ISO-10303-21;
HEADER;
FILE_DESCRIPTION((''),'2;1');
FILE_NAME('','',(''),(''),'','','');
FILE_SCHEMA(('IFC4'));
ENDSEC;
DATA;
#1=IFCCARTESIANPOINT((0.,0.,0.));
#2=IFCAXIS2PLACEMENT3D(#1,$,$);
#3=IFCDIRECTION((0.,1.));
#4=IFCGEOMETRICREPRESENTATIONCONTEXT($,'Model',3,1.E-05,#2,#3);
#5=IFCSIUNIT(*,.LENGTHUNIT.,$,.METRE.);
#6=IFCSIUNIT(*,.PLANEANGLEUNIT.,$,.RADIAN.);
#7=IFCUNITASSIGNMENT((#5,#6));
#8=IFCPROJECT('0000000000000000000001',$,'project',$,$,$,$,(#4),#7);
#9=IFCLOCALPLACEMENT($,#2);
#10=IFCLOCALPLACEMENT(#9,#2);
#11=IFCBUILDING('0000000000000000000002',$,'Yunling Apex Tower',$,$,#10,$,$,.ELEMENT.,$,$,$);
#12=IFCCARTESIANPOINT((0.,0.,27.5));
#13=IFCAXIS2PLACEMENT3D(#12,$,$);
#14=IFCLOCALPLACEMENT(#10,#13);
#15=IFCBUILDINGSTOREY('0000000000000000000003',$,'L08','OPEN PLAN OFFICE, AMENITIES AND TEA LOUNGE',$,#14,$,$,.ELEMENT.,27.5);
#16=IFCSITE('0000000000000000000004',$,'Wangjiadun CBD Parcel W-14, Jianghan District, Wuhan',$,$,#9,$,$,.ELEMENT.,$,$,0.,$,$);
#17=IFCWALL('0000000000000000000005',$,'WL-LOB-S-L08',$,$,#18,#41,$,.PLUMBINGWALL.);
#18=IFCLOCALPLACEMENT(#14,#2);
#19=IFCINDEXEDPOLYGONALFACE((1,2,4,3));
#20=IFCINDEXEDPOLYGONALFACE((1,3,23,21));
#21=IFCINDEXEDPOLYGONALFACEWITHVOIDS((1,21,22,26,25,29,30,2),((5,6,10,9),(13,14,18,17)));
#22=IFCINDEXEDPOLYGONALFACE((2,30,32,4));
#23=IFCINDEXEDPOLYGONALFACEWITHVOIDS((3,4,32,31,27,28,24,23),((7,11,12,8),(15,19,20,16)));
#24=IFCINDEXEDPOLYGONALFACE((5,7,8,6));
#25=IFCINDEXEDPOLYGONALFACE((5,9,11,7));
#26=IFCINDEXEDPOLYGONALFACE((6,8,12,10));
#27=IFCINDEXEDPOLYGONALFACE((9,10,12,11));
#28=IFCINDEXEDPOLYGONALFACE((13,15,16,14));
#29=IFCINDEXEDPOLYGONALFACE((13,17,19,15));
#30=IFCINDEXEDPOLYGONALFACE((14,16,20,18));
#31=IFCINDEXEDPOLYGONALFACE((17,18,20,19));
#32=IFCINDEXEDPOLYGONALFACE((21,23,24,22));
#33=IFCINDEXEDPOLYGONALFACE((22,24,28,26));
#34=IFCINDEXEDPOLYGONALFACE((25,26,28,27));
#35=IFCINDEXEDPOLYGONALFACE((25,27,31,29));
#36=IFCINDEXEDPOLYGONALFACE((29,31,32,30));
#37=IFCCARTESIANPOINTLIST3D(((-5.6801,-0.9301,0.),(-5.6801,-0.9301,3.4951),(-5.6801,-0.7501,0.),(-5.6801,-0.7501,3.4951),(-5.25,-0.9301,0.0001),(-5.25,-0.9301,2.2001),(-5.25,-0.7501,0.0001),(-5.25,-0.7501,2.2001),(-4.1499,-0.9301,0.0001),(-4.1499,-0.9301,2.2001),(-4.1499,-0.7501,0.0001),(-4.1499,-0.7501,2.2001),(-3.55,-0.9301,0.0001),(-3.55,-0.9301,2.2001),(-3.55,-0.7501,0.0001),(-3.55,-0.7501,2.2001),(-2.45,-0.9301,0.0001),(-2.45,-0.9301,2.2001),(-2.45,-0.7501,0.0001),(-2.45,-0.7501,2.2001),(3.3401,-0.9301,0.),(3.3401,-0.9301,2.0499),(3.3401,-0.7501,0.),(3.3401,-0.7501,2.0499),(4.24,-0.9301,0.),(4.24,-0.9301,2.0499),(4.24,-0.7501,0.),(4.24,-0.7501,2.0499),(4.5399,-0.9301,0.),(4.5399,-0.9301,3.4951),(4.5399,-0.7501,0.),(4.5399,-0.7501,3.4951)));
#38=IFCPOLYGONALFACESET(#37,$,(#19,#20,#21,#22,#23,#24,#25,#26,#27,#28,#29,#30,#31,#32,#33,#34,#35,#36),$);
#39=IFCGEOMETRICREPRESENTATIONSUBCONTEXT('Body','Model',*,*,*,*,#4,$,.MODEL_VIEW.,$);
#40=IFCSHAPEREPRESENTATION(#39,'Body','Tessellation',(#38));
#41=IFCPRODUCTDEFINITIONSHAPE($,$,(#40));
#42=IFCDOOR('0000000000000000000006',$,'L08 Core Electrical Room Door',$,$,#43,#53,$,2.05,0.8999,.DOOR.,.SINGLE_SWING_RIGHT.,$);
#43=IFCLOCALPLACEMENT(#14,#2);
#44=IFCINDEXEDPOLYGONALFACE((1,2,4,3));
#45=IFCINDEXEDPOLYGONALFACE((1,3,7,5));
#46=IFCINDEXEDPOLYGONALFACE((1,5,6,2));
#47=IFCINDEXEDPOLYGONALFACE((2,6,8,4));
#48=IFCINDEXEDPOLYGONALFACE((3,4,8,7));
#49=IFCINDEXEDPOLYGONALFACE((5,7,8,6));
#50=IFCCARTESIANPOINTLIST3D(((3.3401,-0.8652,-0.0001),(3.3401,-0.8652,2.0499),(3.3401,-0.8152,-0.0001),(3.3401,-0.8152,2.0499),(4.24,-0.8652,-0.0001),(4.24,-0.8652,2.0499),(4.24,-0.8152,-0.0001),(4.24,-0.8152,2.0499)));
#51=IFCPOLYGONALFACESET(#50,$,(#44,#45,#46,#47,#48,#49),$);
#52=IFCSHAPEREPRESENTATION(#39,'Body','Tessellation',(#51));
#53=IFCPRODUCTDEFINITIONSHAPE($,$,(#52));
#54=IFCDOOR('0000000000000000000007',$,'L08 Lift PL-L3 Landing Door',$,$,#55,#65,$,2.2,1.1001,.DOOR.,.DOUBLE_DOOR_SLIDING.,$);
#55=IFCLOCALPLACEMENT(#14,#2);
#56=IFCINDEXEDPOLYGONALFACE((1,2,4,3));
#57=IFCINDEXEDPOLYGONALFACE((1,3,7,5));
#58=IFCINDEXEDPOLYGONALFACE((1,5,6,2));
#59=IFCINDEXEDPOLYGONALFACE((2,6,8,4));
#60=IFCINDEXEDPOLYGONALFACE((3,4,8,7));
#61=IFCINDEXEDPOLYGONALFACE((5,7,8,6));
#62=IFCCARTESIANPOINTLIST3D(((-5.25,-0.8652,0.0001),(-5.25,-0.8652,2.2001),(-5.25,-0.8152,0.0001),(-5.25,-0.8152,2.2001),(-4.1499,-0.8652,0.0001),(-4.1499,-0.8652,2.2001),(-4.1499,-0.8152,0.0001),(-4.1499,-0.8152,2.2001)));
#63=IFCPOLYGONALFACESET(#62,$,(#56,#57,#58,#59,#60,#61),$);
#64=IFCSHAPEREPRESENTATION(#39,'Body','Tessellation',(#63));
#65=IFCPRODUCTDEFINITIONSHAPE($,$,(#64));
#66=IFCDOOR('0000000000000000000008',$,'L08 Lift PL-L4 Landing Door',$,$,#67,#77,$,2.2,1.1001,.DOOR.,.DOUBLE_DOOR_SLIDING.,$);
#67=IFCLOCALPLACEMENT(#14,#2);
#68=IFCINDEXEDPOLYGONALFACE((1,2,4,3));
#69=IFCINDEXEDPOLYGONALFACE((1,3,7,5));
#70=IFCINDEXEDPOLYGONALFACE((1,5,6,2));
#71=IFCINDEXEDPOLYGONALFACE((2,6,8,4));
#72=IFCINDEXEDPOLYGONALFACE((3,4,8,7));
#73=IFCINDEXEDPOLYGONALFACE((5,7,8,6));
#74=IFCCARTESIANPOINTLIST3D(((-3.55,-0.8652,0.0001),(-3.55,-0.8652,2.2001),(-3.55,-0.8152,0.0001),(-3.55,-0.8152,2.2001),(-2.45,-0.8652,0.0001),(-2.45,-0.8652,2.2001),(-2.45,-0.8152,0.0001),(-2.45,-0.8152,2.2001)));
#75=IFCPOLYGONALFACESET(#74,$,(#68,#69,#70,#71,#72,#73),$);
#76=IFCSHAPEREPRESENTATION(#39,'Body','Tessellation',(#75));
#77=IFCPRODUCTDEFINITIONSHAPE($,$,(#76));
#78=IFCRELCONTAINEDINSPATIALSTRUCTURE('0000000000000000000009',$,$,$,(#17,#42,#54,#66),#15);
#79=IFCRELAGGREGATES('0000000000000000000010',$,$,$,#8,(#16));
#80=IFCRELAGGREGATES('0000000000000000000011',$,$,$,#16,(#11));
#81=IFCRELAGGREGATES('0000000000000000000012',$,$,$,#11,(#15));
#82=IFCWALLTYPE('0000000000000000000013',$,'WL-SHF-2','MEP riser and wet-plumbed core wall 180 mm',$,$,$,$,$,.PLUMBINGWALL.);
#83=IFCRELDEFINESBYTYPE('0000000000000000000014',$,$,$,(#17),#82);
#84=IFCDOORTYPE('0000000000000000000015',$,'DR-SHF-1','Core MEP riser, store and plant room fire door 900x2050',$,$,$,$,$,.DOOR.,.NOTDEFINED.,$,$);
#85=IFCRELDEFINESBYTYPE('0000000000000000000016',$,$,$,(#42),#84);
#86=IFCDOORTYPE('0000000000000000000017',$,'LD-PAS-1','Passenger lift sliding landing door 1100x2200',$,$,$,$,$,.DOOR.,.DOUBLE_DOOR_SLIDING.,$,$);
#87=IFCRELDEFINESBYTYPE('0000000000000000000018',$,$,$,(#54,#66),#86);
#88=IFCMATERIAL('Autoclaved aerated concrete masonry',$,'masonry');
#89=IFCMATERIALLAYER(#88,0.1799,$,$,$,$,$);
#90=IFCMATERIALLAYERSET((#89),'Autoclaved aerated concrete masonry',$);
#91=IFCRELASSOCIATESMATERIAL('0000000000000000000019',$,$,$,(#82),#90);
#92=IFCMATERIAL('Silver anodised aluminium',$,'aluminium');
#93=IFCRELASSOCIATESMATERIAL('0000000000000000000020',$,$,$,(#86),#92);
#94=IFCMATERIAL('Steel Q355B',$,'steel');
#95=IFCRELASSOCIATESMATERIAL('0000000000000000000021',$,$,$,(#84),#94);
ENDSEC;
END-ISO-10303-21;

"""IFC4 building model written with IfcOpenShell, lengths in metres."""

from ifc_helpers import new_model, si_unit, direction, frame, frame_2d, origin, place, context, subcontext, project, spatial, rectangle, extrude, material, layer, layer_set, type_object, element, fill, save


model = new_model("IFC4")

# Units and contexts
model_context = context("Model", 3, precision=1e-05, world=origin(), true_north=direction((0.0, 1.0)))
body_context = subcontext(model_context, "Body", "Model", "MODEL_VIEW")
ifc_project = project(units=[si_unit("LENGTHUNIT", "METRE"), si_unit("PLANEANGLEUNIT", "RADIAN")], contexts=[model_context])

# Site, building, storey
site_placement = place(None, origin())
site = spatial("IfcSite", under=ifc_project, at=site_placement, Name="Wangjiadun CBD Parcel W-14, Jianghan District, Wuhan", CompositionType="ELEMENT", RefElevation=0.0)
building_placement = place(site_placement, origin())
building = spatial("IfcBuilding", under=site, at=building_placement, Name="Yunling Apex Tower", CompositionType="ELEMENT")
storey_placement = place(building_placement, frame((0.0, 0.0, 27.5)))
storey = spatial("IfcBuildingStorey", under=building, at=storey_placement, Name="L08", Description="OPEN PLAN OFFICE, AMENITIES AND TEA LOUNGE", CompositionType="ELEMENT", Elevation=27.5)

# Shared definitions
ifc_material_1 = material(Name="Steel Q355B", Category="steel")

# Shared definitions
ifc_material_2 = material(Name="Autoclaved aerated concrete masonry", Category="masonry")
ifc_layer_1 = layer(ifc_material_2, 0.1799)
ifc_layer_set_1 = layer_set([ifc_layer_1], Name="Autoclaved aerated concrete masonry")
wall_type_1 = type_object("IfcWallType", Name="WL-SHF-2", Description="MEP riser and wet-plumbed core wall 180 mm", PredefinedType="PLUMBINGWALL", material=ifc_layer_set_1)

# Wall, openings, doors
ifc_material_3 = material(Name="Silver anodised aluminium", Category="aluminium")
door_type_1 = type_object("IfcDoorType", Name="LD-PAS-1", Description="Passenger lift sliding landing door 1100x2200", OperationType="DOUBLE_DOOR_SLIDING", PredefinedType="DOOR", material=ifc_material_3)
wall_1_placement = place(storey_placement, frame((-5.6799, -0.8401, 0.0), z_axis=(0.0, 0.0, 1.0), x_axis=(1.0, 0.0, 0.0)))
wall_1 = element("IfcWall", 1, at=wall_1_placement, inside=storey, type_object=wall_type_1, Name="WL-LOB-S-L08", PredefinedType="PLUMBINGWALL", context=body_context, shape_type="SweptSolid", body=[
    extrude(rectangle(XDim=10.22, YDim=0.1799, at=frame_2d((5.1099, 0.0))), origin(), (0.0, 0.0, 1.0), 3.4951),
])
opening_1_placement = place(wall_1_placement, frame((0.4299, 0.0, 0.0)))
opening_1 = element("IfcOpeningElement", 2, at=opening_1_placement, cuts=wall_1, PredefinedType="OPENING", context=body_context, shape_type="SweptSolid", body=[
    extrude(rectangle(XDim=1.1001, YDim=2.2, at=frame_2d((0.55, 1.1001))), frame((0.0, 0.1001, 0.0), z_axis=(0.0, -1.0, 0.0), x_axis=(1.0, 0.0, 0.0)), (0.0, 0.0, 1.0), 0.2),
])
opening_2_placement = place(wall_1_placement, frame((2.1299, 0.0, 0.0)))
opening_2 = element("IfcOpeningElement", 3, at=opening_2_placement, cuts=wall_1, PredefinedType="OPENING", context=body_context, shape_type="SweptSolid", body=[
    extrude(rectangle(XDim=1.1001, YDim=2.2, at=frame_2d((0.55, 1.1001))), frame((0.0, 0.1001, 0.0), z_axis=(0.0, -1.0, 0.0), x_axis=(1.0, 0.0, 0.0)), (0.0, 0.0, 1.0), 0.2),
])
opening_3_placement = place(wall_1_placement, frame((9.02, 0.0, 0.0)))
opening_3 = element("IfcOpeningElement", 4, at=opening_3_placement, cuts=wall_1, PredefinedType="OPENING", context=body_context, shape_type="SweptSolid", body=[
    extrude(rectangle(XDim=0.8999, YDim=2.05, at=frame_2d((0.45, 1.0249))), frame((0.0, 0.1001, 0.0), z_axis=(0.0, -1.0, 0.0), x_axis=(1.0, 0.0, 0.0)), (0.0, 0.0, 1.0), 0.2),
])
door_type_2 = type_object("IfcDoorType", Name="DR-SHF-1", Description="Core MEP riser, store and plant room fire door 900x2050", OperationType="NOTDEFINED", PredefinedType="DOOR", material=ifc_material_1)
door_1_placement = place(opening_3_placement, origin())
door_1 = element("IfcDoor", 5, at=door_1_placement, inside=storey, type_object=door_type_2, Name="L08 Core Electrical Room Door", OperationType="SINGLE_SWING_RIGHT", OverallHeight=2.05, OverallWidth=0.8999, PredefinedType="DOOR", context=body_context, shape_type="SweptSolid", body=[
    extrude(rectangle(XDim=0.8999, YDim=2.05, at=frame_2d((0.45, 1.0249))), frame((0.0, 0.0249, 0.0), z_axis=(0.0, -1.0, 0.0), x_axis=(1.0, 0.0, 0.0)), (0.0, 0.0, 1.0), 0.05),
])
fill(opening_3, door_1)
door_2_placement = place(opening_1_placement, origin())
door_2 = element("IfcDoor", 6, at=door_2_placement, inside=storey, type_object=door_type_1, Name="L08 Lift PL-L3 Landing Door", OperationType="DOUBLE_DOOR_SLIDING", OverallHeight=2.2, OverallWidth=1.1001, PredefinedType="DOOR", context=body_context, shape_type="SweptSolid", body=[
    extrude(rectangle(XDim=1.1001, YDim=2.2, at=frame_2d((0.55, 1.1001))), frame((0.0, 0.0249, 0.0), z_axis=(0.0, -1.0, 0.0), x_axis=(1.0, 0.0, 0.0)), (0.0, 0.0, 1.0), 0.05),
])
fill(opening_1, door_2)
door_3_placement = place(opening_2_placement, origin())
door_3 = element("IfcDoor", 7, at=door_3_placement, inside=storey, type_object=door_type_1, Name="L08 Lift PL-L4 Landing Door", OperationType="DOUBLE_DOOR_SLIDING", OverallHeight=2.2, OverallWidth=1.1001, PredefinedType="DOOR", context=body_context, shape_type="SweptSolid", body=[
    extrude(rectangle(XDim=1.1001, YDim=2.2, at=frame_2d((0.55, 1.1001))), frame((0.0, 0.0249, 0.0), z_axis=(0.0, -1.0, 0.0), x_axis=(1.0, 0.0, 0.0)), (0.0, 0.0, 1.0), 0.05),
])
fill(opening_2, door_3)

save(model, "model.ifc")
